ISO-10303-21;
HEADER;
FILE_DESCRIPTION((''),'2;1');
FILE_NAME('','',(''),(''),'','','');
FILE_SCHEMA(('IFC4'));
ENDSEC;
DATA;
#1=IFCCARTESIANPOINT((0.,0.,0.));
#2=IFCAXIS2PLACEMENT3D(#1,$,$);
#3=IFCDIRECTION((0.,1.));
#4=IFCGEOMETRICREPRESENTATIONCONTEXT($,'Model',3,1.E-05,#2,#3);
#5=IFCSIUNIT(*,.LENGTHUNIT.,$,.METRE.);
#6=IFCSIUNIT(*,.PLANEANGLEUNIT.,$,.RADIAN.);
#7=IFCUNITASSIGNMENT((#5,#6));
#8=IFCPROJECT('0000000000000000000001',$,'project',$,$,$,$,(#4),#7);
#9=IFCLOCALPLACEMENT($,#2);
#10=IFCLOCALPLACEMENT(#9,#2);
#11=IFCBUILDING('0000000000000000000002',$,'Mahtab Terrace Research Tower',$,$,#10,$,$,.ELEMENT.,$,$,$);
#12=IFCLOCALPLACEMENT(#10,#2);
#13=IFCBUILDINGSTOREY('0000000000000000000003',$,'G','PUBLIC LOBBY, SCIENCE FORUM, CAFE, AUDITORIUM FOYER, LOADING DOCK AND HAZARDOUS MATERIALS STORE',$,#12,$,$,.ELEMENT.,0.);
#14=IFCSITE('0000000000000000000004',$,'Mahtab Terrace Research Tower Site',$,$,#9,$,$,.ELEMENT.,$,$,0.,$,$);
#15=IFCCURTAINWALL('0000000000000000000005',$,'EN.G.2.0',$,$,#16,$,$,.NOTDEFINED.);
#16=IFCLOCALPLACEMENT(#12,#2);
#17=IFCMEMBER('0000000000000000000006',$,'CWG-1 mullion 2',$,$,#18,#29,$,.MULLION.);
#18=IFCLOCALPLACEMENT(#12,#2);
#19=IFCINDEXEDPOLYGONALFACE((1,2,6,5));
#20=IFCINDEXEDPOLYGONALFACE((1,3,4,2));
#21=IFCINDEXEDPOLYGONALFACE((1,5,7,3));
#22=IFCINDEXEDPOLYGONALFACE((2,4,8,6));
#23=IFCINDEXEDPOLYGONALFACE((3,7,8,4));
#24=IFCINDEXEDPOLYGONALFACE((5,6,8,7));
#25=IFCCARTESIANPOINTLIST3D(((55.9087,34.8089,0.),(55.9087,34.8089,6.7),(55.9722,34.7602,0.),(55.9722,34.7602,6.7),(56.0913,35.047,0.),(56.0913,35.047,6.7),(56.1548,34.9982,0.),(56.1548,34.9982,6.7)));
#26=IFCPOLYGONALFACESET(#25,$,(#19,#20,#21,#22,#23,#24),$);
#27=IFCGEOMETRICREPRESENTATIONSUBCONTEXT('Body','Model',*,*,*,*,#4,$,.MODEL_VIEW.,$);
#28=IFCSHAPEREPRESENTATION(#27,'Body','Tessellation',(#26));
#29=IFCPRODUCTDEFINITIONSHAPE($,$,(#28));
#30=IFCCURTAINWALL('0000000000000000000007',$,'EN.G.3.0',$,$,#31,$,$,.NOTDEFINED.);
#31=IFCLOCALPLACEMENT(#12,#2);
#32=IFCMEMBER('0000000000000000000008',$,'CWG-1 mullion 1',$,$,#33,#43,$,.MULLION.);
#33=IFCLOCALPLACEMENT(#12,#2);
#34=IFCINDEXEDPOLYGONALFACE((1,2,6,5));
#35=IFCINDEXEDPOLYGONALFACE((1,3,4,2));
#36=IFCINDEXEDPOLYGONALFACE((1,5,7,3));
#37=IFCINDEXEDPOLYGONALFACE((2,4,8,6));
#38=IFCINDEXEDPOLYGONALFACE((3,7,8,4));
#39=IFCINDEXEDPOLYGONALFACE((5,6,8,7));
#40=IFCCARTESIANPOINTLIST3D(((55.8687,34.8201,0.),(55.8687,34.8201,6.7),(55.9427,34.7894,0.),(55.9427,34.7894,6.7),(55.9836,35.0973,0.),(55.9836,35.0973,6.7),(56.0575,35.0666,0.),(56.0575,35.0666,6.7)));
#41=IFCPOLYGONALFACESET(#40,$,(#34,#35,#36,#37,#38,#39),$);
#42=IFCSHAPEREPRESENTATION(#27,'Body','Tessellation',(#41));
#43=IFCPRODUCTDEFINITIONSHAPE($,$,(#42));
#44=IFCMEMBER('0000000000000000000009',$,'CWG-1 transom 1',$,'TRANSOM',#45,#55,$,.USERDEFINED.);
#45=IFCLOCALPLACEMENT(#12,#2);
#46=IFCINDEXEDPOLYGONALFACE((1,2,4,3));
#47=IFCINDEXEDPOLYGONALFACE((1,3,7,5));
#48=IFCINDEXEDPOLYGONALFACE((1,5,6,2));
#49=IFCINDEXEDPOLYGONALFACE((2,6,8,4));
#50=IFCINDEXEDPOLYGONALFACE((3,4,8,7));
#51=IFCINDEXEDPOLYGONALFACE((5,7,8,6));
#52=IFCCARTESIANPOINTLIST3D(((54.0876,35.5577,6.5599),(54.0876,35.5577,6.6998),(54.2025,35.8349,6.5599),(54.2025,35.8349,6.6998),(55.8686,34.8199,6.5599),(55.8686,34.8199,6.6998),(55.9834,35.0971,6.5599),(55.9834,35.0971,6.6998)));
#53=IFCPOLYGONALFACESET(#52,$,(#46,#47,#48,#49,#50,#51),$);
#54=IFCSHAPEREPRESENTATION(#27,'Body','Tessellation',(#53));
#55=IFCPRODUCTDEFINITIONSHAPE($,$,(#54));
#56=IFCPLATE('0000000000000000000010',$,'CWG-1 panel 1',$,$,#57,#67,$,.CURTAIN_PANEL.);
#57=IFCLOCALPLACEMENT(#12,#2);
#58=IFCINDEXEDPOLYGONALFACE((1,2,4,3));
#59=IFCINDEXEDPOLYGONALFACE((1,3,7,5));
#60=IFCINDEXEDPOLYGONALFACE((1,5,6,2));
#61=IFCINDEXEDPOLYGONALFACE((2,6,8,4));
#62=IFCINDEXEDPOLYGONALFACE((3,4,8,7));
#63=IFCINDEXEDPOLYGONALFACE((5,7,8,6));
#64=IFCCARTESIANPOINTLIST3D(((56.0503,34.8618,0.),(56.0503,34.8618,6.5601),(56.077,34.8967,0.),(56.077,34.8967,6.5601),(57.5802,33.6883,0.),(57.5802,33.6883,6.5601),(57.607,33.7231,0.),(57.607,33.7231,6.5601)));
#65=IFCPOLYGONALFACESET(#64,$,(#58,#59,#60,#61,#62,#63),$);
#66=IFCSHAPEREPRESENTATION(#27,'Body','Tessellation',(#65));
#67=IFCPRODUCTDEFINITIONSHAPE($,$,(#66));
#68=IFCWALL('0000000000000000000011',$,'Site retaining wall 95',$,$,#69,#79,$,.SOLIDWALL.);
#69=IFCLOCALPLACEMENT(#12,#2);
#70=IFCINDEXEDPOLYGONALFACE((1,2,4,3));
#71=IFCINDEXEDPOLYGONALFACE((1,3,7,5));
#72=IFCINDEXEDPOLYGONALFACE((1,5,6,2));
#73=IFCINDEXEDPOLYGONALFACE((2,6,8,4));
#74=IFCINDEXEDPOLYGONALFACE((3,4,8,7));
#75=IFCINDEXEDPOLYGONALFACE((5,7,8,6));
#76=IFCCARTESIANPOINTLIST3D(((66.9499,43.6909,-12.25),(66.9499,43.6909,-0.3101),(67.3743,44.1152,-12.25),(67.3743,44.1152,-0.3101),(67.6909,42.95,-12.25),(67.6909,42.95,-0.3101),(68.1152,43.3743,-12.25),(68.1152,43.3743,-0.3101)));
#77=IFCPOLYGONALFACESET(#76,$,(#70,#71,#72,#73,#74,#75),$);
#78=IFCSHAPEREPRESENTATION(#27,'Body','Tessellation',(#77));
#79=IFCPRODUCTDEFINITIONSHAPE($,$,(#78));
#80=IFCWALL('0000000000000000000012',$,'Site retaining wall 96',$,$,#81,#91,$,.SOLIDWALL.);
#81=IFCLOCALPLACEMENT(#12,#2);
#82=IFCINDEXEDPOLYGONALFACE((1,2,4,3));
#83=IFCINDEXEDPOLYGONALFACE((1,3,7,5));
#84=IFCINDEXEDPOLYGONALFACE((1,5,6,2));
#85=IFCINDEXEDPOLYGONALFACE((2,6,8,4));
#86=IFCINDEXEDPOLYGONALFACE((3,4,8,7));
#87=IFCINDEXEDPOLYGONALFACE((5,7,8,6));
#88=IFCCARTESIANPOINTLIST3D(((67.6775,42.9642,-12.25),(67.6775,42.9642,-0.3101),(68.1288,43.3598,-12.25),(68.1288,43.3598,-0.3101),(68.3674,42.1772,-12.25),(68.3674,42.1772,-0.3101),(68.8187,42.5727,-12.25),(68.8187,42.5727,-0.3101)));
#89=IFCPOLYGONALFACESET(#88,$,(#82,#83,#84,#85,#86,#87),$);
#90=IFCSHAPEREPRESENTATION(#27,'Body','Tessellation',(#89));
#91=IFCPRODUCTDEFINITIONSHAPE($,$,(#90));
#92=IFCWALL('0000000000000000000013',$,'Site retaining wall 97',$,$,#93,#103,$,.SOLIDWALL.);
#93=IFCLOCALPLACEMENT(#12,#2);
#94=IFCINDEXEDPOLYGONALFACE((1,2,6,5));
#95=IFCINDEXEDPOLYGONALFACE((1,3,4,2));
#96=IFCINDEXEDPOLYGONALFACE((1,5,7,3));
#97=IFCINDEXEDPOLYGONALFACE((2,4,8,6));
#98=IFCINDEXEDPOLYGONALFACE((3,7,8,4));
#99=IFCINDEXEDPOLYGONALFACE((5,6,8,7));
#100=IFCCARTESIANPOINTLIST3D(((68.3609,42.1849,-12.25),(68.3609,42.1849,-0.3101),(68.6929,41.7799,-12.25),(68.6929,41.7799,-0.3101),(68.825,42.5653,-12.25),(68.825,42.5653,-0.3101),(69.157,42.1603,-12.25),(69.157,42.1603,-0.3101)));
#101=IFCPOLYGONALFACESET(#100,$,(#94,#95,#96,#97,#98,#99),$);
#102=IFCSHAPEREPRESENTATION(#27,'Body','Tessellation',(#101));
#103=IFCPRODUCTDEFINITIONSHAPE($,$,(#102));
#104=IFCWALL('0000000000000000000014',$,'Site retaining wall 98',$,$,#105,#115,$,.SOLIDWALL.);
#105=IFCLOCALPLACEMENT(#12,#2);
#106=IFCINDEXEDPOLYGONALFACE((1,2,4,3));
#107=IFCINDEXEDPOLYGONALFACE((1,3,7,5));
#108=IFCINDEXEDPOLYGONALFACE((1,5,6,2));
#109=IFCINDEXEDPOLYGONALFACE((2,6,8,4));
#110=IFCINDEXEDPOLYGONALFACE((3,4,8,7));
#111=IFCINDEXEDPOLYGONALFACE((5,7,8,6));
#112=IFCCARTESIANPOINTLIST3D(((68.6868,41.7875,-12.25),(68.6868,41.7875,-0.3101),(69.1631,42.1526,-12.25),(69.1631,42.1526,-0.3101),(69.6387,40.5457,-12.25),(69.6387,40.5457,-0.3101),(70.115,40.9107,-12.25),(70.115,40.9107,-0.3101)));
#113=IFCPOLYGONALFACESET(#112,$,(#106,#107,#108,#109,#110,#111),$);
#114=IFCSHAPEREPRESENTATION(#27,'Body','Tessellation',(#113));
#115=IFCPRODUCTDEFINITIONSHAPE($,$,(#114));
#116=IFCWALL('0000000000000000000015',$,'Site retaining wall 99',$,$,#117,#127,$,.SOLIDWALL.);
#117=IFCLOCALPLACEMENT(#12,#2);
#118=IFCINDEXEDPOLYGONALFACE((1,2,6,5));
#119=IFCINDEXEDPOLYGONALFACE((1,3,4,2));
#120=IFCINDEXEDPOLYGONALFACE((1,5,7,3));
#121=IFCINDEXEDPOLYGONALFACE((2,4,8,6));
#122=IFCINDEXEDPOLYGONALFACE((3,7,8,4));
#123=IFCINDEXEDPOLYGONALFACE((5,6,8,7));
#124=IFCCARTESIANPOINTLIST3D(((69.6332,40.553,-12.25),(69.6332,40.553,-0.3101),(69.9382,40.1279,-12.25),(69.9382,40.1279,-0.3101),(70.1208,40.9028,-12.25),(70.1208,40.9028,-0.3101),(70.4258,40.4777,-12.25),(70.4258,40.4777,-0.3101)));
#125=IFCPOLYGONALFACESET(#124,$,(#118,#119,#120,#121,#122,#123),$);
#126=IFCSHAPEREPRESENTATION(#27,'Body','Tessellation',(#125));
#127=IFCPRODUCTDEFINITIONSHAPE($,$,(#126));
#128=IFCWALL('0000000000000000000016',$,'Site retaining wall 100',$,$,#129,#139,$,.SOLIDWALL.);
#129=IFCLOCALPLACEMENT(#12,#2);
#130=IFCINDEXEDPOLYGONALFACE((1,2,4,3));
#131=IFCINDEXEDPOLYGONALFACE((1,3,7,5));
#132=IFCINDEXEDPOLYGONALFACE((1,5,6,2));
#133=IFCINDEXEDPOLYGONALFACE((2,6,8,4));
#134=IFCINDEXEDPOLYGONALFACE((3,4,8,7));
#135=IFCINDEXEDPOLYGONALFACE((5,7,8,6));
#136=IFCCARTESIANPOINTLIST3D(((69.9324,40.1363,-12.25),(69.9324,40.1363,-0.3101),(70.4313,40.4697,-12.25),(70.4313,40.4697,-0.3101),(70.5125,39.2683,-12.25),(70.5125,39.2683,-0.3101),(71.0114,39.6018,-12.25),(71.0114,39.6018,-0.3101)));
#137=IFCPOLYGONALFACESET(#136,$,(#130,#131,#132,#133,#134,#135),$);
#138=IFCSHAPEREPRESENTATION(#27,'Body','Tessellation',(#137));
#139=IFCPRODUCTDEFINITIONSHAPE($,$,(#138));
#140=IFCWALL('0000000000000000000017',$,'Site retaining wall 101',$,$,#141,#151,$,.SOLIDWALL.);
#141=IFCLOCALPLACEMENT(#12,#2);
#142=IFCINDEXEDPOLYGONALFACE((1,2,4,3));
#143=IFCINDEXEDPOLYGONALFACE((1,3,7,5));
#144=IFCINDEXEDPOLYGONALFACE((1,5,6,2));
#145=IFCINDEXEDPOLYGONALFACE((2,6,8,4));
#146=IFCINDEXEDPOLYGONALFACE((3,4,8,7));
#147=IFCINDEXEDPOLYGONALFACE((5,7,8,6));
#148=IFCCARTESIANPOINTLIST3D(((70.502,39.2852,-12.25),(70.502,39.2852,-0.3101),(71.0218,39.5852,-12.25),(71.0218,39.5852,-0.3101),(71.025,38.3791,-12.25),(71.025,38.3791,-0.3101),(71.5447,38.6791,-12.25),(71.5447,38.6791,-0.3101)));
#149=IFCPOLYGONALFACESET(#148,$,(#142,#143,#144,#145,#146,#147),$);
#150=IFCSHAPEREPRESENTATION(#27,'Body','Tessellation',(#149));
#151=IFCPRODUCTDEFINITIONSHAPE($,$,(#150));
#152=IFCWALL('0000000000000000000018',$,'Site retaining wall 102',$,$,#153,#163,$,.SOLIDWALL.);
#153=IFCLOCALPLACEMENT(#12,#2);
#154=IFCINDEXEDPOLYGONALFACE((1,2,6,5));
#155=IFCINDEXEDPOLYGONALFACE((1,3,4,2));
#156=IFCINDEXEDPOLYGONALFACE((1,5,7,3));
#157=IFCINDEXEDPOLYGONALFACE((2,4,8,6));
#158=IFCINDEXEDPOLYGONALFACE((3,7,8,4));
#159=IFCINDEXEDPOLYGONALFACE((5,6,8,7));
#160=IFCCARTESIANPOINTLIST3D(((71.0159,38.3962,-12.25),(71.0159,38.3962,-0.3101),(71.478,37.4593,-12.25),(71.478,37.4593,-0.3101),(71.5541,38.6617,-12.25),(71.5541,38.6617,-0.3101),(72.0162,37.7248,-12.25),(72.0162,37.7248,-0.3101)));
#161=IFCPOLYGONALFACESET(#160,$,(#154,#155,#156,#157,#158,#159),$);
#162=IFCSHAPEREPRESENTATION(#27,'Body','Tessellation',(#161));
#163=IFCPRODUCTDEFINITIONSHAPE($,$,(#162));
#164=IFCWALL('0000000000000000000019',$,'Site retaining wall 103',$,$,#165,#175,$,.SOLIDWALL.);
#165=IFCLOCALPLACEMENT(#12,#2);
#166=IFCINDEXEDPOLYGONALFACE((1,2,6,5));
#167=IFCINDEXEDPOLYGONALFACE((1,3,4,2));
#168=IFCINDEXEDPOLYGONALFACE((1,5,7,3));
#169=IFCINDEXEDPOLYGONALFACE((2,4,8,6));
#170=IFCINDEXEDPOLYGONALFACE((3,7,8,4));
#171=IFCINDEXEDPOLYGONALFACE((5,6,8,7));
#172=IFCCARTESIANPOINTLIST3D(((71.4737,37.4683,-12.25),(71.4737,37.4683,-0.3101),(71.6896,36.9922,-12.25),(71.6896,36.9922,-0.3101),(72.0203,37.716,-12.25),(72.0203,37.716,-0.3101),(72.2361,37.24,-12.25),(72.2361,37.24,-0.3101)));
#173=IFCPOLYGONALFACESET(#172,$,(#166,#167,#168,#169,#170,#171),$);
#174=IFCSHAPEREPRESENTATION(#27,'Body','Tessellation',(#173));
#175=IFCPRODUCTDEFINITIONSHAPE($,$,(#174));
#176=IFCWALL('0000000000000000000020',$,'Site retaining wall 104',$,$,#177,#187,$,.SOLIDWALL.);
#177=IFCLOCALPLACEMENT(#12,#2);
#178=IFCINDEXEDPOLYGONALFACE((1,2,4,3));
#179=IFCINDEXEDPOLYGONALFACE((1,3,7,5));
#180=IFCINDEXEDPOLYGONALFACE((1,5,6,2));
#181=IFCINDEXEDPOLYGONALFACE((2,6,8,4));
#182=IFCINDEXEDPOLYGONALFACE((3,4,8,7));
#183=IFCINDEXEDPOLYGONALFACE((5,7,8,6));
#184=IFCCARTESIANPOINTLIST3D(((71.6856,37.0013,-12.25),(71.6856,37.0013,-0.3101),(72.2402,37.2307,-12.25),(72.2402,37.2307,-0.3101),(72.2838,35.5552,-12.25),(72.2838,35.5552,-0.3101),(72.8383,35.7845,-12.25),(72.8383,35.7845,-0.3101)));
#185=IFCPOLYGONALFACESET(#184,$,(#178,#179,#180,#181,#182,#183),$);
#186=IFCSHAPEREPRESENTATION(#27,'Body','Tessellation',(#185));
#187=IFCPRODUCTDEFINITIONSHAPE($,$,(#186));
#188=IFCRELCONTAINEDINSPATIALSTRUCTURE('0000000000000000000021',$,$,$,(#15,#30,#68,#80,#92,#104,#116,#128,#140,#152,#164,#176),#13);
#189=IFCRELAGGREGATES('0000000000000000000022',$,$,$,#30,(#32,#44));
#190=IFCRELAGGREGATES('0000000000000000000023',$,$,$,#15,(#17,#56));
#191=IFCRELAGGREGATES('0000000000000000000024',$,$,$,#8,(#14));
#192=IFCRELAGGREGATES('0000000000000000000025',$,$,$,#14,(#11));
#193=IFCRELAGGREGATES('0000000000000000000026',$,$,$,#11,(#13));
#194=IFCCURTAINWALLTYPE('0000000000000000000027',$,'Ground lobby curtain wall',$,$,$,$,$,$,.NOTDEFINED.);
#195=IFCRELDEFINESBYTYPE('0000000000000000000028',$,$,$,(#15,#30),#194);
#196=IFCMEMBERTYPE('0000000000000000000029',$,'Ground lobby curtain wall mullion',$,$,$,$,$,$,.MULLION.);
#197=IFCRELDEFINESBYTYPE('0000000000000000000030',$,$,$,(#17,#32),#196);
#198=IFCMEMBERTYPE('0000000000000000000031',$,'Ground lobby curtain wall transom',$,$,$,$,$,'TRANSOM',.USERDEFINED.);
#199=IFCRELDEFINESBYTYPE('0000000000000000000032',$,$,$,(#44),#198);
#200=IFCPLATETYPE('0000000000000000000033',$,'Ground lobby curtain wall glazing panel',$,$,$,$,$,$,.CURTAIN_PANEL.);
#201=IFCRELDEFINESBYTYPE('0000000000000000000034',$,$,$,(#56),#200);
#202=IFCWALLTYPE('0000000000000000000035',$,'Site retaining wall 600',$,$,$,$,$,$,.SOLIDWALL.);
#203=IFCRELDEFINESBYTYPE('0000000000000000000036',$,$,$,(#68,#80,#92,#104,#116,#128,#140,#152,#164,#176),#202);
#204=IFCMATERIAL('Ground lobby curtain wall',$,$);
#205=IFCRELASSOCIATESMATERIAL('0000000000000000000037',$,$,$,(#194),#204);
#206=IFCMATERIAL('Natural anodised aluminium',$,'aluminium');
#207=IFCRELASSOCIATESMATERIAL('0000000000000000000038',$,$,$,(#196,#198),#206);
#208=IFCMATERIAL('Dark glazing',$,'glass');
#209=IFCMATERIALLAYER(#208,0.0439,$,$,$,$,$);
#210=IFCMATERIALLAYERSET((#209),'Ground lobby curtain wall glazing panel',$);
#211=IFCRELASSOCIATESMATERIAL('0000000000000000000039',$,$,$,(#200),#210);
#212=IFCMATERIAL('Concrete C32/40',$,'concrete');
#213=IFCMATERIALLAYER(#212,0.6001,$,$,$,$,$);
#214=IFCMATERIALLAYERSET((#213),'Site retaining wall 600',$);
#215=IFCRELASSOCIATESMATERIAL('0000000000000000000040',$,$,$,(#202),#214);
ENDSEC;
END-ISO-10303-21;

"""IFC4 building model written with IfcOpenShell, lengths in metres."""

from ifc_helpers import new_model, si_unit, direction, frame, frame_2d, origin, origin_2d, place, context, subcontext, project, spatial, rectangle, extrude, material, layer, layer_set, material_profile, profile_set, type_object, element, aggregate, save


model = new_model("IFC4")

# Units and contexts
model_context = context("Model", 3, precision=1e-05, world=origin(), true_north=direction((0.0, 1.0)))
body_context = subcontext(model_context, "Body", "Model", "MODEL_VIEW")
ifc_project = project(units=[si_unit("LENGTHUNIT", "METRE"), si_unit("PLANEANGLEUNIT", "RADIAN")], contexts=[model_context])

# Site, building, storey
site_placement = place(None, origin())
site = spatial("IfcSite", under=ifc_project, at=site_placement, Name="Mahtab Terrace Research Tower Site", CompositionType="ELEMENT", RefElevation=0.0)
building_placement = place(site_placement, origin())
building = spatial("IfcBuilding", under=site, at=building_placement, Name="Mahtab Terrace Research Tower", CompositionType="ELEMENT")
storey_placement = place(building_placement, origin())
storey = spatial("IfcBuildingStorey", under=building, at=storey_placement, Name="G", Description="PUBLIC LOBBY, SCIENCE FORUM, CAFE, AUDITORIUM FOYER, LOADING DOCK AND HAZARDOUS MATERIALS STORE", CompositionType="ELEMENT", Elevation=0.0)

# Curtain wall, member
ifc_material_1 = material(Name="Ground lobby curtain wall")
curtain_wall_type = type_object("IfcCurtainWallType", Name="Ground lobby curtain wall", PredefinedType="NOTDEFINED", material=ifc_material_1)
curtain_wall_1_placement = place(storey_placement, origin())
curtain_wall_1 = element("IfcCurtainWall", 1, at=curtain_wall_1_placement, inside=storey, type_object=curtain_wall_type, Name="EN.G.2.0", PredefinedType="NOTDEFINED")
ifc_material_2 = material(Name="Natural anodised aluminium", Category="aluminium")
ifc_material_profile_1 = material_profile(ifc_material_2, rectangle(XDim=0.3, YDim=0.0801, at=origin_2d()), Name="MULLION 80x300")
ifc_profile_set_1 = profile_set([ifc_material_profile_1], Name="Natural anodised aluminium")
member_type_1 = type_object("IfcMemberType", Name="Ground lobby curtain wall mullion", PredefinedType="MULLION", material=ifc_profile_set_1)
member_1_placement = place(storey_placement, frame((56.0317, 34.9036, 0.0), z_axis=(0.0, 0.0, 1.0), x_axis=(-0.608623, -0.79346, 0.0)))
member_1 = element("IfcMember", 2, at=member_1_placement, type_object=member_type_1, Name="CWG-1 mullion 2", PredefinedType="MULLION", context=body_context, shape_type="SweptSolid", body=[
    extrude(rectangle(XDim=0.3, YDim=0.0801, at=origin_2d()), origin(), (0.0, 0.0, 1.0), 6.7),
])

# Curtain wall, members
curtain_wall_2_placement = place(storey_placement, origin())
curtain_wall_2 = element("IfcCurtainWall", 3, at=curtain_wall_2_placement, inside=storey, type_object=curtain_wall_type, Name="EN.G.3.0", PredefinedType="NOTDEFINED")
member_2_placement = place(storey_placement, frame((55.9631, 34.9434, 0.0), z_axis=(0.0, 0.0, 1.0), x_axis=(-0.382676, -0.923883, 0.0)))
member_2 = element("IfcMember", 4, at=member_2_placement, type_object=member_type_1, Name="CWG-1 mullion 1", PredefinedType="MULLION", context=body_context, shape_type="SweptSolid", body=[
    extrude(rectangle(XDim=0.3, YDim=0.0801, at=origin_2d()), origin(), (0.0, 0.0, 1.0), 6.7),
])
ifc_material_profile_2 = material_profile(ifc_material_2, rectangle(XDim=0.3, YDim=0.1399, at=origin_2d()), Name="TRANSOM 140x300")
ifc_profile_set_2 = profile_set([ifc_material_profile_2], Name="Natural anodised aluminium")
member_type_2 = type_object("IfcMemberType", Name="Ground lobby curtain wall transom", ElementType="TRANSOM", PredefinedType="USERDEFINED", material=ifc_profile_set_2)
member_3_placement = place(storey_placement, frame((55.926, 34.9585, 6.6299), z_axis=(-0.923866, 0.382717, 0.0), x_axis=(-0.382717, -0.923866, 0.0)))
member_3 = element("IfcMember", 5, at=member_3_placement, type_object=member_type_2, Name="CWG-1 transom 1", ObjectType="TRANSOM", PredefinedType="USERDEFINED", context=body_context, shape_type="SweptSolid", body=[
    extrude(rectangle(XDim=0.3, YDim=0.1399, at=origin_2d()), origin(), (0.0, 0.0, 1.0), 1.9277),
])
aggregate(curtain_wall_2, [member_2, member_3])

# Plate
ifc_material_3 = material(Name="Dark glazing", Category="glass")
ifc_layer_1 = layer(ifc_material_3, 0.0439)
ifc_layer_set_1 = layer_set([ifc_layer_1], Name="Ground lobby curtain wall glazing panel")
plate_type = type_object("IfcPlateType", Name="Ground lobby curtain wall glazing panel", PredefinedType="CURTAIN_PANEL", material=ifc_layer_set_1)
plate_placement = place(storey_placement, frame((56.8286, 34.2925, 0.0), z_axis=(0.0, 0.0, 1.0), x_axis=(-0.79346, 0.608623, 0.0)))
plate = element("IfcPlate", 6, at=plate_placement, type_object=plate_type, Name="CWG-1 panel 1", PredefinedType="CURTAIN_PANEL", context=body_context, shape_type="SweptSolid", body=[
    extrude(rectangle(XDim=1.9282, YDim=0.0439, at=origin_2d()), origin(), (0.0, 0.0, 1.0), 6.5601),
])
aggregate(curtain_wall_1, [member_1, plate])

# Walls
ifc_material_4 = material(Name="Concrete C32/40", Category="concrete")
ifc_layer_2 = layer(ifc_material_4, 0.6001)
ifc_layer_set_2 = layer_set([ifc_layer_2], Name="Site retaining wall 600")
wall_type = type_object("IfcWallType", Name="Site retaining wall 600", PredefinedType="SOLIDWALL", material=ifc_layer_set_2)
wall_1_placement = place(storey_placement, frame((67.1621, 43.9031, -12.25), z_axis=(0.0, 0.0, 1.0), x_axis=(0.707107, -0.707107, 0.0)))
element("IfcWall", 7, at=wall_1_placement, inside=storey, type_object=wall_type, Name="Site retaining wall 95", PredefinedType="SOLIDWALL", context=body_context, shape_type="SweptSolid", body=[
    extrude(rectangle(XDim=1.0479, YDim=0.6001, at=frame_2d((0.5239, 0.0))), origin(), (0.0, 0.0, 1.0), 11.9399),
])
wall_2_placement = place(storey_placement, frame((67.9031, 43.1621, -12.25), z_axis=(0.0, 0.0, 1.0), x_axis=(0.659165, -0.751998, 0.0)))
element("IfcWall", 8, at=wall_2_placement, inside=storey, type_object=wall_type, Name="Site retaining wall 96", PredefinedType="SOLIDWALL", context=body_context, shape_type="SweptSolid", body=[
    extrude(rectangle(XDim=1.0466, YDim=0.6001, at=frame_2d((0.5234, 0.0))), origin(), (0.0, 0.0, 1.0), 11.9399),
])
wall_3_placement = place(storey_placement, frame((68.593, 42.375, -12.25), z_axis=(0.0, 0.0, 1.0), x_axis=(0.633974, -0.773355, 0.0)))
element("IfcWall", 9, at=wall_3_placement, inside=storey, type_object=wall_type, Name="Site retaining wall 97", PredefinedType="SOLIDWALL", context=body_context, shape_type="SweptSolid", body=[
    extrude(rectangle(XDim=0.5237, YDim=0.6001, at=frame_2d((0.2617, 0.0))), origin(), (0.0, 0.0, 1.0), 11.9399),
])
wall_4_placement = place(storey_placement, frame((68.925, 41.97, -12.25), z_axis=(0.0, 0.0, 1.0), x_axis=(0.60833, -0.793684, 0.0)))
element("IfcWall", 10, at=wall_4_placement, inside=storey, type_object=wall_type, Name="Site retaining wall 98", PredefinedType="SOLIDWALL", context=body_context, shape_type="SweptSolid", body=[
    extrude(rectangle(XDim=1.5647, YDim=0.6001, at=frame_2d((0.7822, 0.0))), origin(), (0.0, 0.0, 1.0), 11.9399),
])
wall_5_placement = place(storey_placement, frame((69.877, 40.728, -12.25), z_axis=(0.0, 0.0, 1.0), x_axis=(0.582915, -0.812533, 0.0)))
element("IfcWall", 11, at=wall_5_placement, inside=storey, type_object=wall_type, Name="Site retaining wall 99", PredefinedType="SOLIDWALL", context=body_context, shape_type="SweptSolid", body=[
    extrude(rectangle(XDim=0.5232, YDim=0.6001, at=frame_2d((0.2617, 0.0))), origin(), (0.0, 0.0, 1.0), 11.9399),
])
wall_6_placement = place(storey_placement, frame((70.1819, 40.303, -12.25), z_axis=(0.0, 0.0, 1.0), x_axis=(0.555671, -0.831402, 0.0)))
element("IfcWall", 12, at=wall_6_placement, inside=storey, type_object=wall_type, Name="Site retaining wall 100", PredefinedType="SOLIDWALL", context=body_context, shape_type="SweptSolid", body=[
    extrude(rectangle(XDim=1.0439, YDim=0.6001, at=frame_2d((0.522, 0.0))), origin(), (0.0, 0.0, 1.0), 11.9399),
])
wall_7_placement = place(storey_placement, frame((70.762, 39.4351, -12.25), z_axis=(0.0, 0.0, 1.0), x_axis=(0.499904, -0.866081, 0.0)))
element("IfcWall", 13, at=wall_7_placement, inside=storey, type_object=wall_type, Name="Site retaining wall 101", PredefinedType="SOLIDWALL", context=body_context, shape_type="SweptSolid", body=[
    extrude(rectangle(XDim=1.0461, YDim=0.6001, at=frame_2d((0.5229, 0.0))), origin(), (0.0, 0.0, 1.0), 11.9399),
])
wall_8_placement = place(storey_placement, frame((71.2849, 38.5291, -12.25), z_axis=(0.0, 0.0, 1.0), x_axis=(0.442347, -0.896844, 0.0)))
element("IfcWall", 14, at=wall_8_placement, inside=storey, type_object=wall_type, Name="Site retaining wall 102", PredefinedType="SOLIDWALL", context=body_context, shape_type="SweptSolid", body=[
    extrude(rectangle(XDim=1.0447, YDim=0.6001, at=frame_2d((0.5225, 0.0))), origin(), (0.0, 0.0, 1.0), 11.9399),
])
wall_9_placement = place(storey_placement, frame((71.7471, 37.592, -12.25), z_axis=(0.0, 0.0, 1.0), x_axis=(0.412888, -0.910782, 0.0)))
element("IfcWall", 15, at=wall_9_placement, inside=storey, type_object=wall_type, Name="Site retaining wall 103", PredefinedType="SOLIDWALL", context=body_context, shape_type="SweptSolid", body=[
    extrude(rectangle(XDim=0.5227, YDim=0.6001, at=frame_2d((0.2612, 0.0))), origin(), (0.0, 0.0, 1.0), 11.9399),
])
wall_10_placement = place(storey_placement, frame((71.9629, 37.116, -12.25), z_axis=(0.0, 0.0, 1.0), x_axis=(0.382232, -0.924066, 0.0)))
element("IfcWall", 16, at=wall_10_placement, inside=storey, type_object=wall_type, Name="Site retaining wall 104", PredefinedType="SOLIDWALL", context=body_context, shape_type="SweptSolid", body=[
    extrude(rectangle(XDim=1.5649, YDim=0.6001, at=frame_2d((0.7825, 0.0))), origin(), (0.0, 0.0, 1.0), 11.9399),
])

save(model, "model.ifc")
